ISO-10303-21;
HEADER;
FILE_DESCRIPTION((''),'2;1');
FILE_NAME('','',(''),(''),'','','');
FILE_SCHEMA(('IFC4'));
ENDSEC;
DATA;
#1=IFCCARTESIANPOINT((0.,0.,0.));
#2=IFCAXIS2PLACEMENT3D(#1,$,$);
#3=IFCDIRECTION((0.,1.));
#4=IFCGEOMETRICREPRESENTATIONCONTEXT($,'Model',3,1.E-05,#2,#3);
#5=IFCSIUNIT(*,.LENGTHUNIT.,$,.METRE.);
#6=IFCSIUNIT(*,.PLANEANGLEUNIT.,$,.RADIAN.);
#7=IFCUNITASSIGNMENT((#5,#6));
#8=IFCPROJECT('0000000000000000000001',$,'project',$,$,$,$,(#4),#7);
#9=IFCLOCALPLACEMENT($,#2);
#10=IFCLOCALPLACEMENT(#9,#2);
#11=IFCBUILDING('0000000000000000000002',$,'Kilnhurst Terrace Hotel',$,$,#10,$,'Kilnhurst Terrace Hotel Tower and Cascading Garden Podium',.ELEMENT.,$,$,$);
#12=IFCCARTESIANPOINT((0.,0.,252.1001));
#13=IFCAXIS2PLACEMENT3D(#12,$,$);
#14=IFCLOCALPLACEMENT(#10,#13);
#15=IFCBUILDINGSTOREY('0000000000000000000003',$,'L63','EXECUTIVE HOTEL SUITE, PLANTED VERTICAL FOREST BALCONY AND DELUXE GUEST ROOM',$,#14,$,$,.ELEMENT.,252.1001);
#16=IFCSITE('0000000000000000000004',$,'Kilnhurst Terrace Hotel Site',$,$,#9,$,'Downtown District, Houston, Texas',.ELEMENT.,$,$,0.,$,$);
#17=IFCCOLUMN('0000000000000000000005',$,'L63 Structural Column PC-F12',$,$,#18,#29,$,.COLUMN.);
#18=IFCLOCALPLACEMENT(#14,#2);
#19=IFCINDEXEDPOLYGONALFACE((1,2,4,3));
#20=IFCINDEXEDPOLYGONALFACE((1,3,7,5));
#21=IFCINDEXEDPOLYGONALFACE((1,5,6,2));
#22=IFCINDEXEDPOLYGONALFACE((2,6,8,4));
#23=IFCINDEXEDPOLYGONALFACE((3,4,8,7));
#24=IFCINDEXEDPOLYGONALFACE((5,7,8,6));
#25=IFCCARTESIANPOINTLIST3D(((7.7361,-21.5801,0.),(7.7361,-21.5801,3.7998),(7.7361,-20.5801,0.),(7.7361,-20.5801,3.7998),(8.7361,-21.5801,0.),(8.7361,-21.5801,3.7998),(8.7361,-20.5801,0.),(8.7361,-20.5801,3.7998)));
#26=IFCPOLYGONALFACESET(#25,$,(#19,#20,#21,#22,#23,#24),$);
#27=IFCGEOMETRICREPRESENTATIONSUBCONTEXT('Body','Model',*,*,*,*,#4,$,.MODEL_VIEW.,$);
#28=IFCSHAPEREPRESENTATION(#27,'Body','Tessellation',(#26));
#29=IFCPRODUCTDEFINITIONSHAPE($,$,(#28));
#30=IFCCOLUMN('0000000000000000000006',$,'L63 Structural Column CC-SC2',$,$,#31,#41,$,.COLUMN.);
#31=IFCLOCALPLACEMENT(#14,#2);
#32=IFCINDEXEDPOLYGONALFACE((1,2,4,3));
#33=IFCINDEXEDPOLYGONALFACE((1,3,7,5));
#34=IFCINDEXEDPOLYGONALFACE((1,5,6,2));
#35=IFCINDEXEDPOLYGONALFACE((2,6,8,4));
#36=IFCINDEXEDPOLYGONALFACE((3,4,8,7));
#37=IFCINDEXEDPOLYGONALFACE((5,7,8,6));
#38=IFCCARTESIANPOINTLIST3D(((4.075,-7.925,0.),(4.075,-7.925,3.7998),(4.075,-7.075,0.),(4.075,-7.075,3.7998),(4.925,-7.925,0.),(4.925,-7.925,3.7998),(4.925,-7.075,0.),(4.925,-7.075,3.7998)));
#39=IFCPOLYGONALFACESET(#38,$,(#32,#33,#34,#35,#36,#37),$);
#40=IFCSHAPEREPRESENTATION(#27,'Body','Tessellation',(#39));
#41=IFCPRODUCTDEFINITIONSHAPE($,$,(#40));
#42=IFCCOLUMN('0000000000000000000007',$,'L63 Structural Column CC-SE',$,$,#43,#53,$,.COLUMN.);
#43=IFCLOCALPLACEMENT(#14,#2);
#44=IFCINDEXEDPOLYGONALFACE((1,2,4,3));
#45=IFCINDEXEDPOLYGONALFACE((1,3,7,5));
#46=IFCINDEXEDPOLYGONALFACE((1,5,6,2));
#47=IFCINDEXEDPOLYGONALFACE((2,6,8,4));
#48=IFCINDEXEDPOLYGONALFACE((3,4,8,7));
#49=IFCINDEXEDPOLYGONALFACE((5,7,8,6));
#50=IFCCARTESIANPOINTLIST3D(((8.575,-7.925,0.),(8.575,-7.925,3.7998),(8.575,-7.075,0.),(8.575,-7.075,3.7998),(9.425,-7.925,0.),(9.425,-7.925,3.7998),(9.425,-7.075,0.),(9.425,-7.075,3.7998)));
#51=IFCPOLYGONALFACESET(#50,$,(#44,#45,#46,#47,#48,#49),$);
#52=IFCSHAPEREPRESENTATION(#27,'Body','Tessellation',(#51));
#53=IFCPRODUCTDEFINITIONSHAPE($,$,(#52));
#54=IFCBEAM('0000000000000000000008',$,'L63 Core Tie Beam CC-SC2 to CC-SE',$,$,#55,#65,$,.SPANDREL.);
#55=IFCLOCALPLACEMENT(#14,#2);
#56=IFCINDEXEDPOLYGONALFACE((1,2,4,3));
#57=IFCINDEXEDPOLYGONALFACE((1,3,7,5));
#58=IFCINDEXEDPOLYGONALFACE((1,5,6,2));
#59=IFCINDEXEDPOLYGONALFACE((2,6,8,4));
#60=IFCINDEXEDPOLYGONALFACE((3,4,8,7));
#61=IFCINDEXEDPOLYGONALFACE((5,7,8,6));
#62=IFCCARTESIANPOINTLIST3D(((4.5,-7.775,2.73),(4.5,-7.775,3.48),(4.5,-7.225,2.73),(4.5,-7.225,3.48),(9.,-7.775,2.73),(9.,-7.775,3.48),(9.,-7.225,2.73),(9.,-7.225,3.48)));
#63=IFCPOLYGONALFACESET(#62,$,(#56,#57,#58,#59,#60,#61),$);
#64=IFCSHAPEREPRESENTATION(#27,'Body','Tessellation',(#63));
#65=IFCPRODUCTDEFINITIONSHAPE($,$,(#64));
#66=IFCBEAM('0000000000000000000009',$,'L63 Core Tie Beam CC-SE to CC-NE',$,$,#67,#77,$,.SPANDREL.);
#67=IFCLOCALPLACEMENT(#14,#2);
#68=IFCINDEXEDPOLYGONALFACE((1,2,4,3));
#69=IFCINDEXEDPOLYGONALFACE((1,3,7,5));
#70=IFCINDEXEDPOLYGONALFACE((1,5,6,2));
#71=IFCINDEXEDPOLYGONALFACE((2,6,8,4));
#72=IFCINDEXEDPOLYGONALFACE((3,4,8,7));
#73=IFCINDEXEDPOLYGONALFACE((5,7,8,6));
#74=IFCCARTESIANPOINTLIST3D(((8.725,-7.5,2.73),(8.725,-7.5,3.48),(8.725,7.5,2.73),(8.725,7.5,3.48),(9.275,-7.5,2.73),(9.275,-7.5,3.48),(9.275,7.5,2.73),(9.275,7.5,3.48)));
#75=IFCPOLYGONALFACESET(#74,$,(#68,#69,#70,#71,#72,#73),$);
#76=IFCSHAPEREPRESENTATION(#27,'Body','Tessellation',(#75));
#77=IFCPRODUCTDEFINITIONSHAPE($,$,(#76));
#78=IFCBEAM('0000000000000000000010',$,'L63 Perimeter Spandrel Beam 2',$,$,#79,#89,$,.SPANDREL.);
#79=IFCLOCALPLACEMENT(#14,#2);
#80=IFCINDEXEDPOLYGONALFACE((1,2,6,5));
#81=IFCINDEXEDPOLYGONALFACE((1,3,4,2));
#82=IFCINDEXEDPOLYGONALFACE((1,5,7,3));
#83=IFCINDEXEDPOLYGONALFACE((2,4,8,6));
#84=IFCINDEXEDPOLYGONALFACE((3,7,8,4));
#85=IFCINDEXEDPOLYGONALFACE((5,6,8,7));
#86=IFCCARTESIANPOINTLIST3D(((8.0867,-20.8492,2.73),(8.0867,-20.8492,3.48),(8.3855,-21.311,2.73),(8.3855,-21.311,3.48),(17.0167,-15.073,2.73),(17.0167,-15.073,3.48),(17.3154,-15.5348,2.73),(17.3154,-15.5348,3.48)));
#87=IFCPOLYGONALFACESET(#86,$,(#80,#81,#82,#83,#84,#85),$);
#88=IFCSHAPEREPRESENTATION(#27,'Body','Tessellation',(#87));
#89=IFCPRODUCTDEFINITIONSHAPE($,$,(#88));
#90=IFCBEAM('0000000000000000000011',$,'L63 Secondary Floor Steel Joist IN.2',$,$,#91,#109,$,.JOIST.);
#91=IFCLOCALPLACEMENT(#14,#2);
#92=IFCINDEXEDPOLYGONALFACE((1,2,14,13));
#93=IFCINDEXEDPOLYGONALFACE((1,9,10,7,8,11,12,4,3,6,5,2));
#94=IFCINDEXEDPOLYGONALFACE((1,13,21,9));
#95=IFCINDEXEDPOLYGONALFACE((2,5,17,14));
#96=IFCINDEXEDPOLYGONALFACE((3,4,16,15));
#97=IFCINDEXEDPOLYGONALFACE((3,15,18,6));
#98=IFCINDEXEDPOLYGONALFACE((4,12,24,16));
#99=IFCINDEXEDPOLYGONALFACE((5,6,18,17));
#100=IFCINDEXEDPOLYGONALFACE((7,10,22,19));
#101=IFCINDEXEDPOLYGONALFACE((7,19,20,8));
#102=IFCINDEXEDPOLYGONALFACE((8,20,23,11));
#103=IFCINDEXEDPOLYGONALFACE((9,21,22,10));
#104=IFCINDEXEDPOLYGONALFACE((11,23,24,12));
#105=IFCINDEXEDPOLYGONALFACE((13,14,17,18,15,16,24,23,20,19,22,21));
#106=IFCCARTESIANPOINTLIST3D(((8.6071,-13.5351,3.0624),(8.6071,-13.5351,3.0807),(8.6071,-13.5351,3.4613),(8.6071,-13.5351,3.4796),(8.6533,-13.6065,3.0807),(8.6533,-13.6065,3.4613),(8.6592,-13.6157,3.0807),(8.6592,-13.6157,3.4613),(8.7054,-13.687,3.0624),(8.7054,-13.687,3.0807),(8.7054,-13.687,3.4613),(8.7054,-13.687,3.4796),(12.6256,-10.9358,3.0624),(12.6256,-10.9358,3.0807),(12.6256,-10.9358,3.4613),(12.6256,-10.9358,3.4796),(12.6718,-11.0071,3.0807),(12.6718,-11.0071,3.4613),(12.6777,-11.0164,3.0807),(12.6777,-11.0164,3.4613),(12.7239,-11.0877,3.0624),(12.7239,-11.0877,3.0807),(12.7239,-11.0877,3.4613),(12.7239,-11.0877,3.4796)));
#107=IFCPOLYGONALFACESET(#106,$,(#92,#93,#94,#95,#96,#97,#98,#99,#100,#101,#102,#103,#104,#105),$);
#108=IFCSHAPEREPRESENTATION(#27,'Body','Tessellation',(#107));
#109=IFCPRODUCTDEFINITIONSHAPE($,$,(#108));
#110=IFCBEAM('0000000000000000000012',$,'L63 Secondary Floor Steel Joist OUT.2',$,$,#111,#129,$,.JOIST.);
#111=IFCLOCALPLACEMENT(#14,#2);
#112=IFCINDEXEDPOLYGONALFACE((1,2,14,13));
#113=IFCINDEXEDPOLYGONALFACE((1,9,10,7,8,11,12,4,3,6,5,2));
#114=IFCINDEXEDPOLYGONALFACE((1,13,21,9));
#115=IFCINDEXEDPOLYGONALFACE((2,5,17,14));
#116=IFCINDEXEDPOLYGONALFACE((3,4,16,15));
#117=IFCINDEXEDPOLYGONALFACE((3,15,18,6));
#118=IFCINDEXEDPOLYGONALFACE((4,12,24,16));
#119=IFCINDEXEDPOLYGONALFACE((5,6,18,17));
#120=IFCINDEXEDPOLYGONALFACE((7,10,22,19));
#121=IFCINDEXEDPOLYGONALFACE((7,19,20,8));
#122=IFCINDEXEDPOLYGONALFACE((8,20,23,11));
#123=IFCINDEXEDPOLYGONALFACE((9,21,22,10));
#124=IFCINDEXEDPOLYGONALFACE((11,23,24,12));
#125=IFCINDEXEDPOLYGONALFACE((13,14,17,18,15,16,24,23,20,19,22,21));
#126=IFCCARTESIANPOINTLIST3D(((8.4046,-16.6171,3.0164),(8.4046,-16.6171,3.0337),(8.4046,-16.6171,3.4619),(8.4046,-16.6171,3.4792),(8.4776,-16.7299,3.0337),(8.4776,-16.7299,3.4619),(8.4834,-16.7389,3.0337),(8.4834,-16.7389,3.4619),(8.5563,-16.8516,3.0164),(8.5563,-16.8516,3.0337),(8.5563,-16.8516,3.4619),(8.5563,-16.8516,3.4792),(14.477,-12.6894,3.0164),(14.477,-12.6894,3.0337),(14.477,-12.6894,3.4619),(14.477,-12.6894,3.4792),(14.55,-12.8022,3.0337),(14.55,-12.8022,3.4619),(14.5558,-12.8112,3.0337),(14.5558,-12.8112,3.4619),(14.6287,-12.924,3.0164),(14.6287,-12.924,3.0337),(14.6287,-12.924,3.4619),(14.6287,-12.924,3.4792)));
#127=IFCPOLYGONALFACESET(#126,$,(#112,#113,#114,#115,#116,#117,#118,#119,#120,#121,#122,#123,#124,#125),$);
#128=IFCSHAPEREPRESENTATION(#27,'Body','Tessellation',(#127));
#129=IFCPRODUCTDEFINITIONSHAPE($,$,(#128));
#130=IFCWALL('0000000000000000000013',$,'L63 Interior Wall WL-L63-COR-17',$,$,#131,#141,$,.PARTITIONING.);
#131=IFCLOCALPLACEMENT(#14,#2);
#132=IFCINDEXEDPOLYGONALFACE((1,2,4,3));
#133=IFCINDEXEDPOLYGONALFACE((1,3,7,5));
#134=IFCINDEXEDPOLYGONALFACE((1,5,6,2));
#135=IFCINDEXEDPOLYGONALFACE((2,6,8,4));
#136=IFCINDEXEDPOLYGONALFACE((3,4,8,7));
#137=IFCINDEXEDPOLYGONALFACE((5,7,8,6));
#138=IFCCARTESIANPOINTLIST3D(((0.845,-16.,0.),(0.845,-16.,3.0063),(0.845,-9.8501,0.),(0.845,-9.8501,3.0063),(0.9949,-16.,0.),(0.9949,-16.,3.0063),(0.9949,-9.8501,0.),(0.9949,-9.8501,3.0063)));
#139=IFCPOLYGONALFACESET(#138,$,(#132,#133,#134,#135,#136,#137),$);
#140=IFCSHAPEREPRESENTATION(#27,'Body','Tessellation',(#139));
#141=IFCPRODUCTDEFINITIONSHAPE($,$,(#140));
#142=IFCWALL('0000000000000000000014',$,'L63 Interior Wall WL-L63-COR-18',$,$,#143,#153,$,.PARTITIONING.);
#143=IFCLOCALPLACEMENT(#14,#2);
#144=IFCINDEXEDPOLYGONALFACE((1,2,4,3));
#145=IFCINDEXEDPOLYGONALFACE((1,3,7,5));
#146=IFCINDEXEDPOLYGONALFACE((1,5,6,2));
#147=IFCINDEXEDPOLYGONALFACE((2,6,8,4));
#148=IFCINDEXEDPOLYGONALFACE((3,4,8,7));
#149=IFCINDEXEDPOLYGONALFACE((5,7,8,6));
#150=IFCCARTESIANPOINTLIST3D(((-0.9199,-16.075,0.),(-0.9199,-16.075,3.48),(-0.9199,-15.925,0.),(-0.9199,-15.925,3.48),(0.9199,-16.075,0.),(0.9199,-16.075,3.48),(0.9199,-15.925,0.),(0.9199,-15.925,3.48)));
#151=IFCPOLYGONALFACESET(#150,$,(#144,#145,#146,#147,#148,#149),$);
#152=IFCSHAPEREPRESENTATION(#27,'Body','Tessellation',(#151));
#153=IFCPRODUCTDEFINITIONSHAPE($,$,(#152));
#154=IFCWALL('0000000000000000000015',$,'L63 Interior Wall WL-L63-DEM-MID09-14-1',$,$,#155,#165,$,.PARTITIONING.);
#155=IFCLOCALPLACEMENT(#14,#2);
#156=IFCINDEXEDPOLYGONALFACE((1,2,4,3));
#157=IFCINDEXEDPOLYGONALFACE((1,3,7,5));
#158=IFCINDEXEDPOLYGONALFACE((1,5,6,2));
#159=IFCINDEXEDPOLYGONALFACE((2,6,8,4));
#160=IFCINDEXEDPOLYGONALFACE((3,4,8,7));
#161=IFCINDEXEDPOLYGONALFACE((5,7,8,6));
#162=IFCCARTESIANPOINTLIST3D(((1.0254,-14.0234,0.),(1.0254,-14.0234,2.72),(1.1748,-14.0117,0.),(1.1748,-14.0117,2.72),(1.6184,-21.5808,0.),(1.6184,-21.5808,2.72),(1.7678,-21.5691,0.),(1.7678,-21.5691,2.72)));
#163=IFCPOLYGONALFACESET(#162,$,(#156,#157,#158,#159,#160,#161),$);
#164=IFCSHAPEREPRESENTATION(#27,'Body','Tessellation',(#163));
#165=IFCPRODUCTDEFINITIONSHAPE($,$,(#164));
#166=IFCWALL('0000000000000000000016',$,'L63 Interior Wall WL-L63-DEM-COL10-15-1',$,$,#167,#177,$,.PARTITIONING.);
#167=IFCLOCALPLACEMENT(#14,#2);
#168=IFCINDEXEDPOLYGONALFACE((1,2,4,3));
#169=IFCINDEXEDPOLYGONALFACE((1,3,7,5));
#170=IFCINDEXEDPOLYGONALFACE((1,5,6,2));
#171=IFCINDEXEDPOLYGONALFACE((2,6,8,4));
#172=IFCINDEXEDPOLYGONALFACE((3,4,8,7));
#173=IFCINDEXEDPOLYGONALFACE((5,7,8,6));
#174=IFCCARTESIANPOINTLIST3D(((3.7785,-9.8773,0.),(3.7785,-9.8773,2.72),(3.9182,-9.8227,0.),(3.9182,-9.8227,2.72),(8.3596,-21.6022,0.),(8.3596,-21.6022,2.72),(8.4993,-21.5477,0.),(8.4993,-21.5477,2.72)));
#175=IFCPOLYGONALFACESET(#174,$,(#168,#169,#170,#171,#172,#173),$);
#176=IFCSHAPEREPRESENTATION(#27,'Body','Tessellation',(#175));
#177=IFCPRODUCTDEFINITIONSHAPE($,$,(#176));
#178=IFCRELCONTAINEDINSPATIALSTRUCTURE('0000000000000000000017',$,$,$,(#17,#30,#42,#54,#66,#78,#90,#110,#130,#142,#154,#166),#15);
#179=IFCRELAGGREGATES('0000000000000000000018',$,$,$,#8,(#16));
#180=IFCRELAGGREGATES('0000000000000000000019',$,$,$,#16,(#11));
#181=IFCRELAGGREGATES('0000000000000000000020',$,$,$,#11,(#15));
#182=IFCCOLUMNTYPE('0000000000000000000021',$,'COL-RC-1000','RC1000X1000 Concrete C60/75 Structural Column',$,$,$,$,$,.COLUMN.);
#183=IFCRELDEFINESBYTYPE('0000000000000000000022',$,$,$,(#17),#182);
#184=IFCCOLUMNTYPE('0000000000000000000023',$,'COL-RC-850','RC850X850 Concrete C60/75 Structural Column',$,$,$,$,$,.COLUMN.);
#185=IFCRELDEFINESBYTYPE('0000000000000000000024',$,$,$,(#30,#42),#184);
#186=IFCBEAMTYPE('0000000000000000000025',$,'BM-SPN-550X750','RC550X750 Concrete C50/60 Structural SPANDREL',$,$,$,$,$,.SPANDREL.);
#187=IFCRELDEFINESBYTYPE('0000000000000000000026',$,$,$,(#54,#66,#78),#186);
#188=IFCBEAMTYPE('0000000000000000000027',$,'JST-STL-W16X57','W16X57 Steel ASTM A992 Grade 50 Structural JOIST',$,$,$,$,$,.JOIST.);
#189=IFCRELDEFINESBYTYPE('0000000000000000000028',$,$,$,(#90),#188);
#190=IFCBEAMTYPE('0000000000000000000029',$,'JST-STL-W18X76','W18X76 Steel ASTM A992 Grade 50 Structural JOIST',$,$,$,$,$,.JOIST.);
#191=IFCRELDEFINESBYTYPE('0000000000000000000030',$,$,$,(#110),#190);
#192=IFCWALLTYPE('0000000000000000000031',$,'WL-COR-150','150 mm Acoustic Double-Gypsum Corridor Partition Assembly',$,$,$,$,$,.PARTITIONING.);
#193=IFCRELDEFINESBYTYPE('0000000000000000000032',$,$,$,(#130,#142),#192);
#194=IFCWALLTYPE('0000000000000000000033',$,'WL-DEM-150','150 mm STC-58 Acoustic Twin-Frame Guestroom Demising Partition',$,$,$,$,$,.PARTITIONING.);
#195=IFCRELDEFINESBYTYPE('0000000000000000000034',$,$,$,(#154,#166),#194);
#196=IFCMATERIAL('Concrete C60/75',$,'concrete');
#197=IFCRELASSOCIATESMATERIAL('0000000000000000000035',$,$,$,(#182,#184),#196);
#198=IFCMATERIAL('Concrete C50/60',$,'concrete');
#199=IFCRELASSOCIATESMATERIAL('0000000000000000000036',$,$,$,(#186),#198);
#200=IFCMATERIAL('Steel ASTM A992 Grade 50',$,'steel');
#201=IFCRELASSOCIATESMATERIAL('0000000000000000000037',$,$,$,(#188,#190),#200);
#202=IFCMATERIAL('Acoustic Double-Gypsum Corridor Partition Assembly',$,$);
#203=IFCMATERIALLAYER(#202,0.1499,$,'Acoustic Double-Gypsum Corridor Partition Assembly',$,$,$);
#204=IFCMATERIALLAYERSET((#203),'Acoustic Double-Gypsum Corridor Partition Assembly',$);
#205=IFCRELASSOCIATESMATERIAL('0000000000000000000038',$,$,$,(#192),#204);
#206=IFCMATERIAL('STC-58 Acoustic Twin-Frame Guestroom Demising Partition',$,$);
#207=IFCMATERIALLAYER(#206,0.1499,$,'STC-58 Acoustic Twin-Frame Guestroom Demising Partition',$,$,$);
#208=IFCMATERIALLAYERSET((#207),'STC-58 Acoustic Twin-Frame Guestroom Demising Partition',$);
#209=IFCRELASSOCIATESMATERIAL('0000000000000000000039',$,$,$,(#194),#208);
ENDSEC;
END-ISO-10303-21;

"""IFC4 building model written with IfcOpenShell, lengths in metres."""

from ifc_helpers import new_model, si_unit, direction, frame, frame_2d, origin, origin_2d, place, context, subcontext, project, spatial, rectangle, i_section, extrude, material, layer, layer_set, material_profile, profile_set, type_object, element, save


model = new_model("IFC4")

# Units and contexts
model_context = context("Model", 3, precision=1e-05, world=origin(), true_north=direction((0.0, 1.0)))
body_context = subcontext(model_context, "Body", "Model", "MODEL_VIEW")
ifc_project = project(units=[si_unit("LENGTHUNIT", "METRE"), si_unit("PLANEANGLEUNIT", "RADIAN")], contexts=[model_context])

# Site, building, storey
site_placement = place(None, origin())
site = spatial("IfcSite", under=ifc_project, at=site_placement, Name="Kilnhurst Terrace Hotel Site", LongName="Downtown District, Houston, Texas", CompositionType="ELEMENT", RefElevation=0.0)
building_placement = place(site_placement, origin())
building = spatial("IfcBuilding", under=site, at=building_placement, Name="Kilnhurst Terrace Hotel", LongName="Kilnhurst Terrace Hotel Tower and Cascading Garden Podium", CompositionType="ELEMENT")
storey_placement = place(building_placement, frame((0.0, 0.0, 252.1001)))
storey = spatial("IfcBuildingStorey", under=building, at=storey_placement, Name="L63", Description="EXECUTIVE HOTEL SUITE, PLANTED VERTICAL FOREST BALCONY AND DELUXE GUEST ROOM", CompositionType="ELEMENT", Elevation=252.1001)

# Columns
ifc_material_1 = material(Name="Concrete C60/75", Category="concrete")
ifc_material_profile_1 = material_profile(ifc_material_1, rectangle(XDim=1.0, YDim=1.0, at=origin_2d()), Name="RC1000X1000")
ifc_profile_set_1 = profile_set([ifc_material_profile_1], Name="Concrete C60/75")
column_type_1 = type_object("IfcColumnType", Name="COL-RC-1000", Description="RC1000X1000 Concrete C60/75 Structural Column", PredefinedType="COLUMN", material=ifc_profile_set_1)
column_placement = place(storey_placement, frame((8.2361, -21.0801, 0.0), z_axis=(0.0, 0.0, 1.0), x_axis=(1.0, 0.0, 0.0)))
element("IfcColumn", 1, at=column_placement, inside=storey, type_object=column_type_1, Name="L63 Structural Column PC-F12", PredefinedType="COLUMN", context=body_context, shape_type="SweptSolid", body=[
    extrude(rectangle(XDim=1.0, YDim=1.0, at=origin_2d()), origin(), (0.0, 0.0, 1.0), 3.7998),
])
ifc_material_profile_2 = material_profile(ifc_material_1, rectangle(XDim=0.8501, YDim=0.8501, at=origin_2d()), Name="RC850X850")
ifc_profile_set_2 = profile_set([ifc_material_profile_2], Name="Concrete C60/75")
column_type_2 = type_object("IfcColumnType", Name="COL-RC-850", Description="RC850X850 Concrete C60/75 Structural Column", PredefinedType="COLUMN", material=ifc_profile_set_2)
for number, where, z_axis, x_axis, name in (
    (2, (4.5, -7.5, 0.0), (0.0, 0.0, 1.0), (1.0, 0.0, 0.0), "L63 Structural Column CC-SC2"),
    (3, (9.0, -7.5, 0.0), (0.0, 0.0, 1.0), (1.0, 0.0, 0.0), "L63 Structural Column CC-SE"),
):
    element("IfcColumn", number, at=place(storey_placement, frame(where, z_axis=z_axis, x_axis=x_axis)), inside=storey, type_object=column_type_2, Name=name, PredefinedType="COLUMN", context=body_context, shape_type="SweptSolid", body=[
        extrude(rectangle(XDim=0.8501, YDim=0.8501, at=origin_2d()), origin(), (0.0, 0.0, 1.0), 3.7998),
    ])

# Beams
ifc_material_2 = material(Name="Concrete C50/60", Category="concrete")
ifc_material_profile_3 = material_profile(ifc_material_2, rectangle(XDim=0.55, YDim=0.75, at=origin_2d()), Name="RC550X750")
ifc_profile_set_3 = profile_set([ifc_material_profile_3], Name="Concrete C50/60")
beam_type_1 = type_object("IfcBeamType", Name="BM-SPN-550X750", Description="RC550X750 Concrete C50/60 Structural SPANDREL", PredefinedType="SPANDREL", material=ifc_profile_set_3)
beam_1_placement = place(storey_placement, frame((4.5, -7.5, 3.105), z_axis=(1.0, 0.0, 0.0), x_axis=(0.0, 1.0, 0.0)))
element("IfcBeam", 4, at=beam_1_placement, inside=storey, type_object=beam_type_1, Name="L63 Core Tie Beam CC-SC2 to CC-SE", PredefinedType="SPANDREL", context=body_context, shape_type="SweptSolid", body=[
    extrude(rectangle(XDim=0.55, YDim=0.75, at=origin_2d()), origin(), (0.0, 0.0, 1.0), 4.5),
])
beam_2_placement = place(storey_placement, frame((9.0, -7.5, 3.105), z_axis=(0.0, 1.0, 0.0), x_axis=(-1.0, 0.0, 0.0)))
element("IfcBeam", 5, at=beam_2_placement, inside=storey, type_object=beam_type_1, Name="L63 Core Tie Beam CC-SE to CC-NE", PredefinedType="SPANDREL", context=body_context, shape_type="SweptSolid", body=[
    extrude(rectangle(XDim=0.55, YDim=0.75, at=origin_2d()), origin(), (0.0, 0.0, 1.0), 15.0),
])
beam_3_placement = place(storey_placement, frame((8.2361, -21.0801, 3.105), z_axis=(0.839659, 0.543114, 0.0), x_axis=(-0.543114, 0.839659, 0.0)))
element("IfcBeam", 6, at=beam_3_placement, inside=storey, type_object=beam_type_1, Name="L63 Perimeter Spandrel Beam 2", PredefinedType="SPANDREL", context=body_context, shape_type="SweptSolid", body=[
    extrude(rectangle(XDim=0.55, YDim=0.75, at=origin_2d()), origin(), (0.0, 0.0, 1.0), 10.6353),
])
ifc_material_3 = material(Name="Steel ASTM A992 Grade 50", Category="steel")
ifc_material_profile_4 = material_profile(ifc_material_3, i_section(OverallWidth=0.1809, OverallDepth=0.4172, WebThickness=0.011, FlangeThickness=0.0183, at=origin_2d()), Name="W16X57")
ifc_profile_set_4 = profile_set([ifc_material_profile_4], Name="Steel ASTM A992 Grade 50")
beam_type_2 = type_object("IfcBeamType", Name="JST-STL-W16X57", Description="W16X57 Steel ASTM A992 Grade 50 Structural JOIST", PredefinedType="JOIST", material=ifc_profile_set_4)
beam_4_placement = place(storey_placement, frame((8.6562, -13.6111, 3.271), z_axis=(0.839654, 0.543122, 0.0), x_axis=(-0.543122, 0.839654, 0.0)))
element("IfcBeam", 7, at=beam_4_placement, inside=storey, type_object=beam_type_2, Name="L63 Secondary Floor Steel Joist IN.2", PredefinedType="JOIST", context=body_context, shape_type="SweptSolid", body=[
    extrude(i_section(OverallWidth=0.1809, OverallDepth=0.4172, WebThickness=0.011, FlangeThickness=0.0183, at=origin_2d()), origin(), (0.0, 0.0, 1.0), 4.7859),
])
ifc_material_profile_5 = material_profile(ifc_material_3, i_section(OverallWidth=0.2793, OverallDepth=0.4629, WebThickness=0.0107, FlangeThickness=0.0173, at=origin_2d()), Name="W18X76")
ifc_profile_set_5 = profile_set([ifc_material_profile_5], Name="Steel ASTM A992 Grade 50")
beam_type_3 = type_object("IfcBeamType", Name="JST-STL-W18X76", Description="W18X76 Steel ASTM A992 Grade 50 Structural JOIST", PredefinedType="JOIST", material=ifc_profile_set_5)
beam_5_placement = place(storey_placement, frame((8.4805, -16.7344, 3.2478), z_axis=(0.839667, 0.543101, 0.0), x_axis=(-0.543101, 0.839667, 0.0)))
element("IfcBeam", 8, at=beam_5_placement, inside=storey, type_object=beam_type_3, Name="L63 Secondary Floor Steel Joist OUT.2", PredefinedType="JOIST", context=body_context, shape_type="SweptSolid", body=[
    extrude(i_section(OverallWidth=0.2793, OverallDepth=0.4629, WebThickness=0.0107, FlangeThickness=0.0173, at=origin_2d()), origin(), (0.0, 0.0, 1.0), 7.2319),
])

# Walls
ifc_material_4 = material(Name="Acoustic Double-Gypsum Corridor Partition Assembly")
ifc_layer_1 = layer(ifc_material_4, 0.1499, Name="Acoustic Double-Gypsum Corridor Partition Assembly")
ifc_layer_set_1 = layer_set([ifc_layer_1], Name="Acoustic Double-Gypsum Corridor Partition Assembly")
wall_type_1 = type_object("IfcWallType", Name="WL-COR-150", Description="150 mm Acoustic Double-Gypsum Corridor Partition Assembly", PredefinedType="PARTITIONING", material=ifc_layer_set_1)
wall_1_placement = place(storey_placement, frame((0.9199, -9.8501, 0.0), z_axis=(0.0, 0.0, 1.0), x_axis=(0.0, -1.0, 0.0)))
element("IfcWall", 9, at=wall_1_placement, inside=storey, type_object=wall_type_1, Name="L63 Interior Wall WL-L63-COR-17", PredefinedType="PARTITIONING", context=body_context, shape_type="SweptSolid", body=[
    extrude(rectangle(XDim=6.1499, YDim=0.1499, at=frame_2d((3.075, 0.0))), origin(), (0.0, 0.0, 1.0), 3.0063),
])
wall_2_placement = place(storey_placement, frame((0.9199, -16.0, 0.0), z_axis=(0.0, 0.0, 1.0), x_axis=(-1.0, 0.0, 0.0)))
element("IfcWall", 10, at=wall_2_placement, inside=storey, type_object=wall_type_1, Name="L63 Interior Wall WL-L63-COR-18", PredefinedType="PARTITIONING", context=body_context, shape_type="SweptSolid", body=[
    extrude(rectangle(XDim=1.8398, YDim=0.1499, at=frame_2d((0.9199, 0.0))), origin(), (0.0, 0.0, 1.0), 3.48),
])
ifc_material_5 = material(Name="STC-58 Acoustic Twin-Frame Guestroom Demising Partition")
ifc_layer_2 = layer(ifc_material_5, 0.1499, Name="STC-58 Acoustic Twin-Frame Guestroom Demising Partition")
ifc_layer_set_2 = layer_set([ifc_layer_2], Name="STC-58 Acoustic Twin-Frame Guestroom Demising Partition")
wall_type_2 = type_object("IfcWallType", Name="WL-DEM-150", Description="150 mm STC-58 Acoustic Twin-Frame Guestroom Demising Partition", PredefinedType="PARTITIONING", material=ifc_layer_set_2)
wall_3_placement = place(storey_placement, frame((1.1001, -14.0176, 0.0), z_axis=(0.0, 0.0, 1.0), x_axis=(0.078228, -0.996935, 0.0)))
element("IfcWall", 11, at=wall_3_placement, inside=storey, type_object=wall_type_2, Name="L63 Interior Wall WL-L63-DEM-MID09-14-1", PredefinedType="PARTITIONING", context=body_context, shape_type="SweptSolid", body=[
    extrude(rectangle(XDim=7.5806, YDim=0.1499, at=frame_2d((3.7903, 0.0))), origin(), (0.0, 0.0, 1.0), 2.72),
])
wall_4_placement = place(storey_placement, frame((3.8484, -9.8501, 0.0), z_axis=(0.0, 0.0, 1.0), x_axis=(0.363922, -0.93143, 0.0)))
element("IfcWall", 12, at=wall_4_placement, inside=storey, type_object=wall_type_2, Name="L63 Interior Wall WL-L63-DEM-COL10-15-1", PredefinedType="PARTITIONING", context=body_context, shape_type="SweptSolid", body=[
    extrude(rectangle(XDim=12.5881, YDim=0.1499, at=frame_2d((6.2939, 0.0))), origin(), (0.0, 0.0, 1.0), 2.72),
])

save(model, "model.ifc")
